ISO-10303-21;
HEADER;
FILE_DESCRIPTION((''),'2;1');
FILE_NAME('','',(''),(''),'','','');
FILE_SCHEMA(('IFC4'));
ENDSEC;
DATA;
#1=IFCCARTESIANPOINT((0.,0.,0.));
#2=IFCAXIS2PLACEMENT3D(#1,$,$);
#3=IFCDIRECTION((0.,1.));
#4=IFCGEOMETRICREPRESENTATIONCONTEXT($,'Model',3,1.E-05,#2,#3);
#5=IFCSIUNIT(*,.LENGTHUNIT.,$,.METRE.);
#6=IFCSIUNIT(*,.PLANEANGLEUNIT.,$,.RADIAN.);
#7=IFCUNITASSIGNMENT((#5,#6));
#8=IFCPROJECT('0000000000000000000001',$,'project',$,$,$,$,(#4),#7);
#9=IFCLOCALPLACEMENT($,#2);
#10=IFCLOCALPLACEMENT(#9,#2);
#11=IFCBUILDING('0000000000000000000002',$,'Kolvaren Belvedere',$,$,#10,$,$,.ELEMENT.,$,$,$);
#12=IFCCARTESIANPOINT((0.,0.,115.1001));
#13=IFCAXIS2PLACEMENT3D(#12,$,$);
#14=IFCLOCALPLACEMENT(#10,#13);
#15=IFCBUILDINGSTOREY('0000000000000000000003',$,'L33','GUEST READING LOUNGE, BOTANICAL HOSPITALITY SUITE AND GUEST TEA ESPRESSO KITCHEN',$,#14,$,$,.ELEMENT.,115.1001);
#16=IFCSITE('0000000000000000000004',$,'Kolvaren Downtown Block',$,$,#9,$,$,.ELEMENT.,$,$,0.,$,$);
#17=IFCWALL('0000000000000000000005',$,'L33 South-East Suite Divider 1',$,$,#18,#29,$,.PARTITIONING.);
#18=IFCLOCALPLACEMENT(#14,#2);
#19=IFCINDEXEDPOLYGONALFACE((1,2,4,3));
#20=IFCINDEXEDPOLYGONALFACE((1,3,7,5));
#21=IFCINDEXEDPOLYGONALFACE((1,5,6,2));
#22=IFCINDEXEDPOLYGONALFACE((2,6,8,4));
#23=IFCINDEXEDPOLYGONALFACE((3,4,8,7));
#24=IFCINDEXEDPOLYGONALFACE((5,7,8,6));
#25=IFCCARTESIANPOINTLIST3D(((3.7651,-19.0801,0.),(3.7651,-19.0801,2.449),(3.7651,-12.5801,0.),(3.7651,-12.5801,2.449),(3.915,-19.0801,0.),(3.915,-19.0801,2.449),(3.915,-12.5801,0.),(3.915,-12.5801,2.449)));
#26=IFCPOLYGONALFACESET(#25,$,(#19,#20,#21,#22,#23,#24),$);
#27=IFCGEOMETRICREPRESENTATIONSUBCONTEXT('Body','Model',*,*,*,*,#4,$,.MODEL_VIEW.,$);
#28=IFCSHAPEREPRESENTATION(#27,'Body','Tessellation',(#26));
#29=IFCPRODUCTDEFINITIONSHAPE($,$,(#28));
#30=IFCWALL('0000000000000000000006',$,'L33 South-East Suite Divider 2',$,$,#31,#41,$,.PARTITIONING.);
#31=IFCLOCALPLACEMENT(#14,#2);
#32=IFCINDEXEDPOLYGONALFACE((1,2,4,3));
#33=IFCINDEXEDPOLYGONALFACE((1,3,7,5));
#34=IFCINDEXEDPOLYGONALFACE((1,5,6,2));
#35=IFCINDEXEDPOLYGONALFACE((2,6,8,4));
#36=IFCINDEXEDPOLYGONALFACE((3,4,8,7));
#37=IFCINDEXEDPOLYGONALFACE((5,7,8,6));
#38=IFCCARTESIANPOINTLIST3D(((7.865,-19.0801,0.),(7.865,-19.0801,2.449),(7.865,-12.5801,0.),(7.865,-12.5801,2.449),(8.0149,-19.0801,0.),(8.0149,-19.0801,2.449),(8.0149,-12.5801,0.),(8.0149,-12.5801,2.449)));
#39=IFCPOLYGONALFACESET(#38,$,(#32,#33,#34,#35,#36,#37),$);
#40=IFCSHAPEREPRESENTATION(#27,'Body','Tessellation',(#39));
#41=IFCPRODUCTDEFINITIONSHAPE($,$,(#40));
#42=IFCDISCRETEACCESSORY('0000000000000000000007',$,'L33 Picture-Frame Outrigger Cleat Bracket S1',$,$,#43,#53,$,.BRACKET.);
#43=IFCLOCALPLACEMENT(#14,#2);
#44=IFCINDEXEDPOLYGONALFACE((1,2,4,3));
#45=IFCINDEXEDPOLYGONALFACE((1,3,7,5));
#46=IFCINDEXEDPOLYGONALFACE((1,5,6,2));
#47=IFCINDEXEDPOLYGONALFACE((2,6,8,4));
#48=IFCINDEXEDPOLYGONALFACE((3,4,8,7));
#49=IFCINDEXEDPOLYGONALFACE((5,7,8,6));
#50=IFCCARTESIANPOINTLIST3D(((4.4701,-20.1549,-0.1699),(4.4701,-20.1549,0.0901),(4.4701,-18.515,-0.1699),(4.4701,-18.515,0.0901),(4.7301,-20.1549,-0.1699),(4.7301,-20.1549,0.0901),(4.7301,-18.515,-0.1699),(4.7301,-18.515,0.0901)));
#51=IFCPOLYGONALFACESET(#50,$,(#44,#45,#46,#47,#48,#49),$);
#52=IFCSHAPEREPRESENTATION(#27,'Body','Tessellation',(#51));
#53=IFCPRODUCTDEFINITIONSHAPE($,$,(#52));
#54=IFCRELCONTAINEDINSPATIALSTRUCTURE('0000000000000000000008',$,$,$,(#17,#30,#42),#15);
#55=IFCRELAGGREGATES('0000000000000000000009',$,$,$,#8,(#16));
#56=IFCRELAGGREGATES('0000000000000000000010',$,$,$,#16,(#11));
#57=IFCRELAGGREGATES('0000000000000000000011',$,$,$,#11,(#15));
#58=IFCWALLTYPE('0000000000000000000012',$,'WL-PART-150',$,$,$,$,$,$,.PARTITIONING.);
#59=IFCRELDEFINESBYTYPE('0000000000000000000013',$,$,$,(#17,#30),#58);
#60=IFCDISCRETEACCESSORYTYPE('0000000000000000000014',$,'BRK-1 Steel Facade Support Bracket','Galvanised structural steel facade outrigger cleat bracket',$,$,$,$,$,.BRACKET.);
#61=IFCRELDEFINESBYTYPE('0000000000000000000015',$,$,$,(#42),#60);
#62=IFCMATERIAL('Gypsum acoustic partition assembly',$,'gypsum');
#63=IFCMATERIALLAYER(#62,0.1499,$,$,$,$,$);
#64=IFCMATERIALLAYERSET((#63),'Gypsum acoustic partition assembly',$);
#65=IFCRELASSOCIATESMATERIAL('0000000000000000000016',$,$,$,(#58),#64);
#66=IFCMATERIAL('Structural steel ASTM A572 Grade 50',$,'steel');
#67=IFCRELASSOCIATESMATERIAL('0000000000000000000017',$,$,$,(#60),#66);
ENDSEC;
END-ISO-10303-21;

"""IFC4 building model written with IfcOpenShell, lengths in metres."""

from ifc_helpers import new_model, si_unit, direction, frame, frame_2d, origin, origin_2d, place, context, subcontext, project, spatial, rectangle, extrude, material, layer, layer_set, type_object, element, save


model = new_model("IFC4")

# Units and contexts
model_context = context("Model", 3, precision=1e-05, world=origin(), true_north=direction((0.0, 1.0)))
body_context = subcontext(model_context, "Body", "Model", "MODEL_VIEW")
ifc_project = project(units=[si_unit("LENGTHUNIT", "METRE"), si_unit("PLANEANGLEUNIT", "RADIAN")], contexts=[model_context])

# Site, building, storey
site_placement = place(None, origin())
site = spatial("IfcSite", under=ifc_project, at=site_placement, Name="Kolvaren Downtown Block", CompositionType="ELEMENT", RefElevation=0.0)
building_placement = place(site_placement, origin())
building = spatial("IfcBuilding", under=site, at=building_placement, Name="Kolvaren Belvedere", CompositionType="ELEMENT")
storey_placement = place(building_placement, frame((0.0, 0.0, 115.1001)))
storey = spatial("IfcBuildingStorey", under=building, at=storey_placement, Name="L33", Description="GUEST READING LOUNGE, BOTANICAL HOSPITALITY SUITE AND GUEST TEA ESPRESSO KITCHEN", CompositionType="ELEMENT", Elevation=115.1001)

# Walls
ifc_material_1 = material(Name="Gypsum acoustic partition assembly", Category="gypsum")
ifc_layer_1 = layer(ifc_material_1, 0.1499)
ifc_layer_set_1 = layer_set([ifc_layer_1], Name="Gypsum acoustic partition assembly")
wall_type_1 = type_object("IfcWallType", Name="WL-PART-150", PredefinedType="PARTITIONING", material=ifc_layer_set_1)
for number, where, z_axis, x_axis, name in (
    (1, (3.8401, -19.0801, 0.0), (0.0, 0.0, 1.0), (0.0, 1.0, 0.0), "L33 South-East Suite Divider 1"),
    (2, (7.9399, -19.0801, 0.0), (0.0, 0.0, 1.0), (0.0, 1.0, 0.0), "L33 South-East Suite Divider 2"),
):
    element("IfcWall", number, at=place(storey_placement, frame(where, z_axis=z_axis, x_axis=x_axis)), inside=storey, type_object=wall_type_1, Name=name, PredefinedType="PARTITIONING", context=body_context, shape_type="SweptSolid", body=[
        extrude(rectangle(XDim=6.5, YDim=0.1499, at=frame_2d((3.25, 0.0))), origin(), (0.0, 0.0, 1.0), 2.449),
    ])

# Discrete accessory
ifc_material_2 = material(Name="Structural steel ASTM A572 Grade 50", Category="steel")
discrete_accessory_type = type_object("IfcDiscreteAccessoryType", Name="BRK-1 Steel Facade Support Bracket", Description="Galvanised structural steel facade outrigger cleat bracket", PredefinedType="BRACKET", material=ifc_material_2)
discrete_accessory_placement = place(storey_placement, frame((4.6001, -19.335, -0.1699), z_axis=(0.0, 0.0, 1.0), x_axis=(0.0, 1.0, 0.0)))
element("IfcDiscreteAccessory", 3, at=discrete_accessory_placement, inside=storey, type_object=discrete_accessory_type, Name="L33 Picture-Frame Outrigger Cleat Bracket S1", PredefinedType="BRACKET", context=body_context, shape_type="SweptSolid", body=[
    extrude(rectangle(XDim=1.6399, YDim=0.26, at=origin_2d()), origin(), (0.0, 0.0, 1.0), 0.26),
])

save(model, "model.ifc")
